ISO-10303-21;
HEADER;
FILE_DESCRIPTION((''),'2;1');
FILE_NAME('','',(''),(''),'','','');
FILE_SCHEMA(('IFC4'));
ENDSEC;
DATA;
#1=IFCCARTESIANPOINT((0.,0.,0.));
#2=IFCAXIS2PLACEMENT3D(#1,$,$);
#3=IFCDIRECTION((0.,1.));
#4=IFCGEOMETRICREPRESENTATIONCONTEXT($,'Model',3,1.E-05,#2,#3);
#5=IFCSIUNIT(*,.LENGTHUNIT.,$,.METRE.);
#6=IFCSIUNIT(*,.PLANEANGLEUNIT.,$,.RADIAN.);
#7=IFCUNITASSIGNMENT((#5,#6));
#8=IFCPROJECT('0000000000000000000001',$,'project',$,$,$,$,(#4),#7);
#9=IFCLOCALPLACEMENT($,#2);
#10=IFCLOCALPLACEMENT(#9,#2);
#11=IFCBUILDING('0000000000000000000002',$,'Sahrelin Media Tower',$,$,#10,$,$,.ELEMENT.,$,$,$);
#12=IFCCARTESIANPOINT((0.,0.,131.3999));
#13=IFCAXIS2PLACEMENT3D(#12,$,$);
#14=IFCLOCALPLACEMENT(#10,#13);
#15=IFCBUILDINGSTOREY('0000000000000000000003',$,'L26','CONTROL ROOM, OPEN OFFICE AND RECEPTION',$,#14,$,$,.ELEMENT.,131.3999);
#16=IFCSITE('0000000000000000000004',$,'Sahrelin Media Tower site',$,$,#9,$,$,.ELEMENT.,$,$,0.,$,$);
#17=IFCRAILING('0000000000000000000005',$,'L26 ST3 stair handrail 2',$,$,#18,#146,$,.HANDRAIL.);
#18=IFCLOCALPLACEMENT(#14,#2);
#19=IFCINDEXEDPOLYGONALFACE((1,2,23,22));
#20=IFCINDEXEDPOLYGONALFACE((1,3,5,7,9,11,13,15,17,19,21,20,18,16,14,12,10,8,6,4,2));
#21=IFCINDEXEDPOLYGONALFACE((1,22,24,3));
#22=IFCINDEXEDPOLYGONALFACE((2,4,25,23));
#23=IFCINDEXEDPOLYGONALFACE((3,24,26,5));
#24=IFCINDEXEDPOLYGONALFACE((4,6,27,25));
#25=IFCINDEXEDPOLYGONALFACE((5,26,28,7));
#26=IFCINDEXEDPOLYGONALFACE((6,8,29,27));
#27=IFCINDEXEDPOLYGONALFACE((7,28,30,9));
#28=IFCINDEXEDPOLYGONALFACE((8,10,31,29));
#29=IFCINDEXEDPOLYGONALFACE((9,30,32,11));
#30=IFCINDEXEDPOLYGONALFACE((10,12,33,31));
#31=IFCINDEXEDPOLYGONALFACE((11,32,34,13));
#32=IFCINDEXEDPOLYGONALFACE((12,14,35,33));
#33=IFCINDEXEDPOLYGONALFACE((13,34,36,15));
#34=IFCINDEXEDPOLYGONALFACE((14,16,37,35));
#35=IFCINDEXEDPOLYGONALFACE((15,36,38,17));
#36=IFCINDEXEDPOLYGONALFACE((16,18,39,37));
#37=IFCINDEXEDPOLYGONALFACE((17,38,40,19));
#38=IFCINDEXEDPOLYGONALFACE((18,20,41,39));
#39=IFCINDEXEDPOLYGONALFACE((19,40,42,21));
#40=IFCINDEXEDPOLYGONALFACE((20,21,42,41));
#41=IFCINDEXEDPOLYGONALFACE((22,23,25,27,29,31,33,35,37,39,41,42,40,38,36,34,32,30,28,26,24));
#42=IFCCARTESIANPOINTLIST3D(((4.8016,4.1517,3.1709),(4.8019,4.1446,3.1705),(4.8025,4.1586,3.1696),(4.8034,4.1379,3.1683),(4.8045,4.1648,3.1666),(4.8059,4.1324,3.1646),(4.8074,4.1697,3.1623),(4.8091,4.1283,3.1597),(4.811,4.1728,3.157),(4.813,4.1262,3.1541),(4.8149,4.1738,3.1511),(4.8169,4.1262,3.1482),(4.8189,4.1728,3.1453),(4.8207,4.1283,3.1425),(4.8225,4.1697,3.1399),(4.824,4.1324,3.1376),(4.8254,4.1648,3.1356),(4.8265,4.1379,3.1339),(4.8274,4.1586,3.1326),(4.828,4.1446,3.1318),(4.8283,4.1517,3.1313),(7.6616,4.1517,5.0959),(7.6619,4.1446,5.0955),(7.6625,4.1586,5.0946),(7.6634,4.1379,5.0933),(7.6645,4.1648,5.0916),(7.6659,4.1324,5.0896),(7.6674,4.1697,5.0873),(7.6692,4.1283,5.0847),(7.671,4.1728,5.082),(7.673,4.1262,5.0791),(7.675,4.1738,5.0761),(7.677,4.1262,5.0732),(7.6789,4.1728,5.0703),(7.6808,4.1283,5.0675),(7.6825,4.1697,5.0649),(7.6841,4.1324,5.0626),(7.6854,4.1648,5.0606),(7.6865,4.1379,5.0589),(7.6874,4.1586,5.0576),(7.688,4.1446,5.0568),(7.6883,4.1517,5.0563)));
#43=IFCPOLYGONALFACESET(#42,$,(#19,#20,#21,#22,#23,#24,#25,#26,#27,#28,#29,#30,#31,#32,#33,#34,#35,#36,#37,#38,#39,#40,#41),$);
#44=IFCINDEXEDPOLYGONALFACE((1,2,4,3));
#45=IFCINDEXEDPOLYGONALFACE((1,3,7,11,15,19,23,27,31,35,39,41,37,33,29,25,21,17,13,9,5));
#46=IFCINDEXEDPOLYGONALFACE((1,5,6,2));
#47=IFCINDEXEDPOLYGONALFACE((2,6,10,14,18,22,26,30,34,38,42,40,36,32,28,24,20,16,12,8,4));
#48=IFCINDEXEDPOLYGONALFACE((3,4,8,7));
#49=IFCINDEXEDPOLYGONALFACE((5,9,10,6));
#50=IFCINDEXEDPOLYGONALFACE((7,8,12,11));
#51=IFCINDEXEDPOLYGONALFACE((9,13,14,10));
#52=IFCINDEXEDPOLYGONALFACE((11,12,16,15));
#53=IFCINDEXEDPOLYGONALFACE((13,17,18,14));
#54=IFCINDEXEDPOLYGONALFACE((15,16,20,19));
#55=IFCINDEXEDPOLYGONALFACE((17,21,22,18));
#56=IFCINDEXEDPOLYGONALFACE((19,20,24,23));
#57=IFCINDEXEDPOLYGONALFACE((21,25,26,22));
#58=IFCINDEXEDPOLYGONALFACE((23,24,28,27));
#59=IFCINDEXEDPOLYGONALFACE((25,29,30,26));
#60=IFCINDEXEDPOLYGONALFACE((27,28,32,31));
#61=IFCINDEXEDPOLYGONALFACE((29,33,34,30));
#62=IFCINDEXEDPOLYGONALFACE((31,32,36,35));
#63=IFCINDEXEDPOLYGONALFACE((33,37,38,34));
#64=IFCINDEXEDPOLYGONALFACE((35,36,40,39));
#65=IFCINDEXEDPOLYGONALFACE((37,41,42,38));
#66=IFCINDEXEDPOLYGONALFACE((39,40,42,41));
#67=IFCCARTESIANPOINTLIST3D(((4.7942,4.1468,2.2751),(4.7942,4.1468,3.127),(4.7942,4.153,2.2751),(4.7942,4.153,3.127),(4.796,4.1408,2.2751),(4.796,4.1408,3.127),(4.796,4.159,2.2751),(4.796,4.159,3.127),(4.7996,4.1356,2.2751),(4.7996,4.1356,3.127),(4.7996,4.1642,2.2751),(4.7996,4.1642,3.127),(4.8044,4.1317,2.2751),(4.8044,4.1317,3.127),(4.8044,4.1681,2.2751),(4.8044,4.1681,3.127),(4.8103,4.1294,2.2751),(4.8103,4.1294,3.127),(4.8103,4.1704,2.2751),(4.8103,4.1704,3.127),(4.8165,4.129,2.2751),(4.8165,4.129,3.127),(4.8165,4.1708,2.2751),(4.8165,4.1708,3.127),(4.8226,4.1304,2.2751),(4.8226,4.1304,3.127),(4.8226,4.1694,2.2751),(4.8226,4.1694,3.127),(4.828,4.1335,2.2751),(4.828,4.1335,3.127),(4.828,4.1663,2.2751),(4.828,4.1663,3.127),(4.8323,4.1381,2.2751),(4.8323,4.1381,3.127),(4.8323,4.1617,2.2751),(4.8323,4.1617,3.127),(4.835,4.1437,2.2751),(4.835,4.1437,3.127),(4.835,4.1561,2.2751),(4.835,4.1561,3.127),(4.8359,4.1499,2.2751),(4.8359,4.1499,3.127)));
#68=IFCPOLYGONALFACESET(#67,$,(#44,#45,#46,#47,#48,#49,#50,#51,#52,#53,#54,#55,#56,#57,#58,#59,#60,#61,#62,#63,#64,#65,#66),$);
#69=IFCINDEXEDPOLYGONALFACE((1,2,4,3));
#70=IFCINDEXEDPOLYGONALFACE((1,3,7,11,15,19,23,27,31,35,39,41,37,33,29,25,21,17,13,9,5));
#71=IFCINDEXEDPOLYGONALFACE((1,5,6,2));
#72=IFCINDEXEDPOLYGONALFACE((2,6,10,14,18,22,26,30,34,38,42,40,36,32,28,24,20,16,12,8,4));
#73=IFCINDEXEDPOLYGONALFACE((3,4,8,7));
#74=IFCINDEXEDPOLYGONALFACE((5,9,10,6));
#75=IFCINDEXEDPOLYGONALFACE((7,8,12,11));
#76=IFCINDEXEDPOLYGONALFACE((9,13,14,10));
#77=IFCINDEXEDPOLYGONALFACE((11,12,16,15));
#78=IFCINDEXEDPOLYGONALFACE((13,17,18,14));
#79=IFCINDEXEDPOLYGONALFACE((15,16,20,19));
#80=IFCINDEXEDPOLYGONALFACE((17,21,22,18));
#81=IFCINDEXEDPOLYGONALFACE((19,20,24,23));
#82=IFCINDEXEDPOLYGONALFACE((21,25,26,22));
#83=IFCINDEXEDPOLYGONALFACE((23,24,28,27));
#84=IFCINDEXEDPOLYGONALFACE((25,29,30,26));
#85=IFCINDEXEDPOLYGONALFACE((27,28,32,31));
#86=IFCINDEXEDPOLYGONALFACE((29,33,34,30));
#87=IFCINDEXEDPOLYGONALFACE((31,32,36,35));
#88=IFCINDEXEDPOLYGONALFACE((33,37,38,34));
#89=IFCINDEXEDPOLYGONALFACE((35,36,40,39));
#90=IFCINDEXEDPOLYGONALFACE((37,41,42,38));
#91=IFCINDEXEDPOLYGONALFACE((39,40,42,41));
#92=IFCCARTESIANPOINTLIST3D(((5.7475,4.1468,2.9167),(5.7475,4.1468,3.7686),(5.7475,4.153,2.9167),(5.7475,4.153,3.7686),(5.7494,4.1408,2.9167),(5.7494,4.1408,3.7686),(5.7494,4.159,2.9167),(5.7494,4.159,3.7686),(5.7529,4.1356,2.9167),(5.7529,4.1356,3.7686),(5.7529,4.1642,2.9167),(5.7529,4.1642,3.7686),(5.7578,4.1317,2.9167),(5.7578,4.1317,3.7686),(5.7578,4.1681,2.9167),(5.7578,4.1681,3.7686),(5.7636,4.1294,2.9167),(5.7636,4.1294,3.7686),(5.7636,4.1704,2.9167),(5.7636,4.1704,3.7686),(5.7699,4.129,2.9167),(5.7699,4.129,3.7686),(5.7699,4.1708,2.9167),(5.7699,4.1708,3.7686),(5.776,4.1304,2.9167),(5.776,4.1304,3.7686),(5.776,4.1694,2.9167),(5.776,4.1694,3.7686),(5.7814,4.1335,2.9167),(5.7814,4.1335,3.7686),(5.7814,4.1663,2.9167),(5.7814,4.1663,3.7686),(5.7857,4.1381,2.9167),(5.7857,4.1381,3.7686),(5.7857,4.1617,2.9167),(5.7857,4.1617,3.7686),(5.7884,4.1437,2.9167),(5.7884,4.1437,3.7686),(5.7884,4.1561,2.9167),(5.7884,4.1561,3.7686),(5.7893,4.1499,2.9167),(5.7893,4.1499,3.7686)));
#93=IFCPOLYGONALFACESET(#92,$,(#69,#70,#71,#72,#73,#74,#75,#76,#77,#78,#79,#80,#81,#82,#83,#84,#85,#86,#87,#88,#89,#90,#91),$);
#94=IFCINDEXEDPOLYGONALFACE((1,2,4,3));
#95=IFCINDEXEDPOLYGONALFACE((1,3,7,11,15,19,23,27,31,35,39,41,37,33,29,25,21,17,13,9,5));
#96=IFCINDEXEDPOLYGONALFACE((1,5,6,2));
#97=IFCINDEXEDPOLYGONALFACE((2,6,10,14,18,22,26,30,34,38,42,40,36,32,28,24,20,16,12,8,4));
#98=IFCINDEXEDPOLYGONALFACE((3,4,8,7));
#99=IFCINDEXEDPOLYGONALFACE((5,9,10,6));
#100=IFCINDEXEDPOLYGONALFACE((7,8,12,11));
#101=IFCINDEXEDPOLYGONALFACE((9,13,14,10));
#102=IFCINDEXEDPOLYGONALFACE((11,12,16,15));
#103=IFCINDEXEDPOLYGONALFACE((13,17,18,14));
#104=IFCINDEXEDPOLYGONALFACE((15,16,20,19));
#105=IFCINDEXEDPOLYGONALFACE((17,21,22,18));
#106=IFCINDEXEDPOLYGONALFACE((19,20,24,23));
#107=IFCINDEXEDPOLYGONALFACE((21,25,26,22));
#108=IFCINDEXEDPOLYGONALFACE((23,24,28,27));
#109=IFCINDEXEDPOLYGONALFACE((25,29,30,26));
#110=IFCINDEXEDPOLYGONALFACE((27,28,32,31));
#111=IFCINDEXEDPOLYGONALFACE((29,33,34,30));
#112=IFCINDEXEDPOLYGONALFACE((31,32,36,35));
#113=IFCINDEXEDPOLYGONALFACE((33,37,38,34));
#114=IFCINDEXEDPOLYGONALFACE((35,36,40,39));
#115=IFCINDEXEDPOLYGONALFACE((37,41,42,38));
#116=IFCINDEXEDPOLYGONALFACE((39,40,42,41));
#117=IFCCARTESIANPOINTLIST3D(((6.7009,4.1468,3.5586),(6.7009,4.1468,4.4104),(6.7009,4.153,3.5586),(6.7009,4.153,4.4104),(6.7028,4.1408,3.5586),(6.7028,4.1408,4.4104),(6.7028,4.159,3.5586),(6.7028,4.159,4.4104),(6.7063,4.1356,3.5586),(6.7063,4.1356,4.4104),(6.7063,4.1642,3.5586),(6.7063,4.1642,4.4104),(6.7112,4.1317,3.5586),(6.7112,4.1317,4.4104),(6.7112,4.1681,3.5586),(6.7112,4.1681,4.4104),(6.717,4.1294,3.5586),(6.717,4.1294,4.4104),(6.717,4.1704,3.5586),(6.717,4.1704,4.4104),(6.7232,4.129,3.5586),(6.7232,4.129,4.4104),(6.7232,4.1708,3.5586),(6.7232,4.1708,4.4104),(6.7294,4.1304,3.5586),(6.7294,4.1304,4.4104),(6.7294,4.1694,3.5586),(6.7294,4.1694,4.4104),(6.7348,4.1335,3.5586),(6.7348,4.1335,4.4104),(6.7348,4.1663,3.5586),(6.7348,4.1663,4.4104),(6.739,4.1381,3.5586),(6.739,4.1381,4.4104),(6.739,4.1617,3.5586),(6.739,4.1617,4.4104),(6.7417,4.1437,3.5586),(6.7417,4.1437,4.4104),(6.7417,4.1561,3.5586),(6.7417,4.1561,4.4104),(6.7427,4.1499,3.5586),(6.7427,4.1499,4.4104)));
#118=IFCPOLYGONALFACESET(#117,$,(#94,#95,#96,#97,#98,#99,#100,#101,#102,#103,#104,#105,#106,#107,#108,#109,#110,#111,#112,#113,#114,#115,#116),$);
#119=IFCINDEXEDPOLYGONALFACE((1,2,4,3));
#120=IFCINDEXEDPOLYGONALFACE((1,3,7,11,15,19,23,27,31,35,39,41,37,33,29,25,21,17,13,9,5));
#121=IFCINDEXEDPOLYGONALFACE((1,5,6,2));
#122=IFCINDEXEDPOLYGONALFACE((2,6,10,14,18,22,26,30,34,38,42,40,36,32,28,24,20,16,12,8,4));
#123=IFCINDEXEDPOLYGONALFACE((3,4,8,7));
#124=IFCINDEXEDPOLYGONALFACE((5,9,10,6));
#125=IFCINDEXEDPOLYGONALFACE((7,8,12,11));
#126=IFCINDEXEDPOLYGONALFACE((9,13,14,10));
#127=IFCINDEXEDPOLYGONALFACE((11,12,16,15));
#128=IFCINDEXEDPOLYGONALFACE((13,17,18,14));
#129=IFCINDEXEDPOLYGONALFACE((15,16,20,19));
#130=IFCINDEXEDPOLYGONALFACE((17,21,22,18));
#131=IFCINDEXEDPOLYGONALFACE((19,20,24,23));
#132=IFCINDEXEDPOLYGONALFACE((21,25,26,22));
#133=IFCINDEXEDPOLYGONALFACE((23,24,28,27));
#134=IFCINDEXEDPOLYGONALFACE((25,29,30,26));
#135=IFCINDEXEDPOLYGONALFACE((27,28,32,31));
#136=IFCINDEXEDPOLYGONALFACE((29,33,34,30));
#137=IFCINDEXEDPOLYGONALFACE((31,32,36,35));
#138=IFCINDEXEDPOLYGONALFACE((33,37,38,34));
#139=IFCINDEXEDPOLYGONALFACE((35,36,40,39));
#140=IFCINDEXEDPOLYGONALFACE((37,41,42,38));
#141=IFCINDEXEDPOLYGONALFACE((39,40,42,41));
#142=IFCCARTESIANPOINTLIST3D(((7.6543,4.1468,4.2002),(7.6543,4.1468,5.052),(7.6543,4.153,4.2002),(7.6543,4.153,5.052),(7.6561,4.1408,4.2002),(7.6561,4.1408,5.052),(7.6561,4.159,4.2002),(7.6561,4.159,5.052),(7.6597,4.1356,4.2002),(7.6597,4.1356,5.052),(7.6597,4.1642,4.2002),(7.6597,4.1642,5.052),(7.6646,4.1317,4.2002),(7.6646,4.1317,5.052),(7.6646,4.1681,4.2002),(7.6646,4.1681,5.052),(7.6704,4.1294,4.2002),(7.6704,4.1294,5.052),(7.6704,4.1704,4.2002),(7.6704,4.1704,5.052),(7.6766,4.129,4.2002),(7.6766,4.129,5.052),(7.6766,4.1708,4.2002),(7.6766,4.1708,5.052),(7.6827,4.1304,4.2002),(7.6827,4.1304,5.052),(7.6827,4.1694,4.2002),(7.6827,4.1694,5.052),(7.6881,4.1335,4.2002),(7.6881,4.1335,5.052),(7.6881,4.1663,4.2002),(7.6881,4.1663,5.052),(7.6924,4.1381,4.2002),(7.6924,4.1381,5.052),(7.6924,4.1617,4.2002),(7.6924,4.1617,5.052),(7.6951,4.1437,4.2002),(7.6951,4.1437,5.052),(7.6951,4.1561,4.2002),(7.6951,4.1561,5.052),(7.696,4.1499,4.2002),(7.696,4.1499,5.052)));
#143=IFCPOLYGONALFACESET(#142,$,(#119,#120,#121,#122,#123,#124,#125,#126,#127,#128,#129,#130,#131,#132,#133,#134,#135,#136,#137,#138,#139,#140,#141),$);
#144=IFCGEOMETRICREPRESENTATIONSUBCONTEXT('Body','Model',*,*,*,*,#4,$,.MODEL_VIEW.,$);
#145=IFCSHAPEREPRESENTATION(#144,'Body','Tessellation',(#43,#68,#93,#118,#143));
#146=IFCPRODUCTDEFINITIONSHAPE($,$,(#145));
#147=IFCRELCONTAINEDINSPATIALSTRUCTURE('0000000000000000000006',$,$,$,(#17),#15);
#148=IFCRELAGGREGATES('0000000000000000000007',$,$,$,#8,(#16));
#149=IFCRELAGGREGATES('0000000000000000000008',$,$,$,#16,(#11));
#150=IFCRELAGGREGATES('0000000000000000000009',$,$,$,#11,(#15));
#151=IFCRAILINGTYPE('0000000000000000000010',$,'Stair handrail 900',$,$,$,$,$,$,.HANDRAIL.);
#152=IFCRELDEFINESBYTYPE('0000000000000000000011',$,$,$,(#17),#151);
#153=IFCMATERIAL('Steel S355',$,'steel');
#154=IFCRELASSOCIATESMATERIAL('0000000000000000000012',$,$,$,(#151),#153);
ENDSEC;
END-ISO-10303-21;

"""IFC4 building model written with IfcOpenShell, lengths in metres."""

from ifc_helpers import new_model, si_unit, direction, frame, origin, origin_2d, place, context, subcontext, project, spatial, circle, extrude, material, type_object, element, save


model = new_model("IFC4")

# Units and contexts
model_context = context("Model", 3, precision=1e-05, world=origin(), true_north=direction((0.0, 1.0)))
body_context = subcontext(model_context, "Body", "Model", "MODEL_VIEW")
ifc_project = project(units=[si_unit("LENGTHUNIT", "METRE"), si_unit("PLANEANGLEUNIT", "RADIAN")], contexts=[model_context])

# Site, building, storey
site_placement = place(None, origin())
site = spatial("IfcSite", under=ifc_project, at=site_placement, Name="Sahrelin Media Tower site", CompositionType="ELEMENT", RefElevation=0.0)
building_placement = place(site_placement, origin())
building = spatial("IfcBuilding", under=site, at=building_placement, Name="Sahrelin Media Tower", CompositionType="ELEMENT")
storey_placement = place(building_placement, frame((0.0, 0.0, 131.3999)))
storey = spatial("IfcBuildingStorey", under=building, at=storey_placement, Name="L26", Description="CONTROL ROOM, OPEN OFFICE AND RECEPTION", CompositionType="ELEMENT", Elevation=131.3999)

# Shared definitions
ifc_material_1 = material(Name="Steel S355", Category="steel")

# Railing
railing_type_1 = type_object("IfcRailingType", Name="Stair handrail 900", PredefinedType="HANDRAIL", material=ifc_material_1)
railing_1_placement = place(storey_placement, frame((4.8149, 4.1499, 2.2751)))
element("IfcRailing", 1, at=railing_1_placement, inside=storey, type_object=railing_type_1, Name="L26 ST3 stair handrail 2", PredefinedType="HANDRAIL", context=body_context, shape_type="SweptSolid", body=[
    extrude(circle(Radius=0.0239, at=origin_2d()), frame((0.0, 0.0, 0.876), z_axis=(0.829591, 0.0, 0.558372), x_axis=(0.0, 1.0, 0.0)), (0.0, 0.0, 1.0), 3.4475),
    extrude(circle(Radius=0.021, at=origin_2d()), origin(), (0.0, 0.0, 1.0), 0.8518),
    extrude(circle(Radius=0.021, at=origin_2d()), frame((0.9534, 0.0, 0.6416)), (0.0, 0.0, 1.0), 0.8518),
    extrude(circle(Radius=0.021, at=origin_2d()), frame((1.9067, 0.0, 1.2834)), (0.0, 0.0, 1.0), 0.8518),
    extrude(circle(Radius=0.021, at=origin_2d()), frame((2.8601, 0.0, 1.925)), (0.0, 0.0, 1.0), 0.8518),
])

save(model, "model.ifc")
